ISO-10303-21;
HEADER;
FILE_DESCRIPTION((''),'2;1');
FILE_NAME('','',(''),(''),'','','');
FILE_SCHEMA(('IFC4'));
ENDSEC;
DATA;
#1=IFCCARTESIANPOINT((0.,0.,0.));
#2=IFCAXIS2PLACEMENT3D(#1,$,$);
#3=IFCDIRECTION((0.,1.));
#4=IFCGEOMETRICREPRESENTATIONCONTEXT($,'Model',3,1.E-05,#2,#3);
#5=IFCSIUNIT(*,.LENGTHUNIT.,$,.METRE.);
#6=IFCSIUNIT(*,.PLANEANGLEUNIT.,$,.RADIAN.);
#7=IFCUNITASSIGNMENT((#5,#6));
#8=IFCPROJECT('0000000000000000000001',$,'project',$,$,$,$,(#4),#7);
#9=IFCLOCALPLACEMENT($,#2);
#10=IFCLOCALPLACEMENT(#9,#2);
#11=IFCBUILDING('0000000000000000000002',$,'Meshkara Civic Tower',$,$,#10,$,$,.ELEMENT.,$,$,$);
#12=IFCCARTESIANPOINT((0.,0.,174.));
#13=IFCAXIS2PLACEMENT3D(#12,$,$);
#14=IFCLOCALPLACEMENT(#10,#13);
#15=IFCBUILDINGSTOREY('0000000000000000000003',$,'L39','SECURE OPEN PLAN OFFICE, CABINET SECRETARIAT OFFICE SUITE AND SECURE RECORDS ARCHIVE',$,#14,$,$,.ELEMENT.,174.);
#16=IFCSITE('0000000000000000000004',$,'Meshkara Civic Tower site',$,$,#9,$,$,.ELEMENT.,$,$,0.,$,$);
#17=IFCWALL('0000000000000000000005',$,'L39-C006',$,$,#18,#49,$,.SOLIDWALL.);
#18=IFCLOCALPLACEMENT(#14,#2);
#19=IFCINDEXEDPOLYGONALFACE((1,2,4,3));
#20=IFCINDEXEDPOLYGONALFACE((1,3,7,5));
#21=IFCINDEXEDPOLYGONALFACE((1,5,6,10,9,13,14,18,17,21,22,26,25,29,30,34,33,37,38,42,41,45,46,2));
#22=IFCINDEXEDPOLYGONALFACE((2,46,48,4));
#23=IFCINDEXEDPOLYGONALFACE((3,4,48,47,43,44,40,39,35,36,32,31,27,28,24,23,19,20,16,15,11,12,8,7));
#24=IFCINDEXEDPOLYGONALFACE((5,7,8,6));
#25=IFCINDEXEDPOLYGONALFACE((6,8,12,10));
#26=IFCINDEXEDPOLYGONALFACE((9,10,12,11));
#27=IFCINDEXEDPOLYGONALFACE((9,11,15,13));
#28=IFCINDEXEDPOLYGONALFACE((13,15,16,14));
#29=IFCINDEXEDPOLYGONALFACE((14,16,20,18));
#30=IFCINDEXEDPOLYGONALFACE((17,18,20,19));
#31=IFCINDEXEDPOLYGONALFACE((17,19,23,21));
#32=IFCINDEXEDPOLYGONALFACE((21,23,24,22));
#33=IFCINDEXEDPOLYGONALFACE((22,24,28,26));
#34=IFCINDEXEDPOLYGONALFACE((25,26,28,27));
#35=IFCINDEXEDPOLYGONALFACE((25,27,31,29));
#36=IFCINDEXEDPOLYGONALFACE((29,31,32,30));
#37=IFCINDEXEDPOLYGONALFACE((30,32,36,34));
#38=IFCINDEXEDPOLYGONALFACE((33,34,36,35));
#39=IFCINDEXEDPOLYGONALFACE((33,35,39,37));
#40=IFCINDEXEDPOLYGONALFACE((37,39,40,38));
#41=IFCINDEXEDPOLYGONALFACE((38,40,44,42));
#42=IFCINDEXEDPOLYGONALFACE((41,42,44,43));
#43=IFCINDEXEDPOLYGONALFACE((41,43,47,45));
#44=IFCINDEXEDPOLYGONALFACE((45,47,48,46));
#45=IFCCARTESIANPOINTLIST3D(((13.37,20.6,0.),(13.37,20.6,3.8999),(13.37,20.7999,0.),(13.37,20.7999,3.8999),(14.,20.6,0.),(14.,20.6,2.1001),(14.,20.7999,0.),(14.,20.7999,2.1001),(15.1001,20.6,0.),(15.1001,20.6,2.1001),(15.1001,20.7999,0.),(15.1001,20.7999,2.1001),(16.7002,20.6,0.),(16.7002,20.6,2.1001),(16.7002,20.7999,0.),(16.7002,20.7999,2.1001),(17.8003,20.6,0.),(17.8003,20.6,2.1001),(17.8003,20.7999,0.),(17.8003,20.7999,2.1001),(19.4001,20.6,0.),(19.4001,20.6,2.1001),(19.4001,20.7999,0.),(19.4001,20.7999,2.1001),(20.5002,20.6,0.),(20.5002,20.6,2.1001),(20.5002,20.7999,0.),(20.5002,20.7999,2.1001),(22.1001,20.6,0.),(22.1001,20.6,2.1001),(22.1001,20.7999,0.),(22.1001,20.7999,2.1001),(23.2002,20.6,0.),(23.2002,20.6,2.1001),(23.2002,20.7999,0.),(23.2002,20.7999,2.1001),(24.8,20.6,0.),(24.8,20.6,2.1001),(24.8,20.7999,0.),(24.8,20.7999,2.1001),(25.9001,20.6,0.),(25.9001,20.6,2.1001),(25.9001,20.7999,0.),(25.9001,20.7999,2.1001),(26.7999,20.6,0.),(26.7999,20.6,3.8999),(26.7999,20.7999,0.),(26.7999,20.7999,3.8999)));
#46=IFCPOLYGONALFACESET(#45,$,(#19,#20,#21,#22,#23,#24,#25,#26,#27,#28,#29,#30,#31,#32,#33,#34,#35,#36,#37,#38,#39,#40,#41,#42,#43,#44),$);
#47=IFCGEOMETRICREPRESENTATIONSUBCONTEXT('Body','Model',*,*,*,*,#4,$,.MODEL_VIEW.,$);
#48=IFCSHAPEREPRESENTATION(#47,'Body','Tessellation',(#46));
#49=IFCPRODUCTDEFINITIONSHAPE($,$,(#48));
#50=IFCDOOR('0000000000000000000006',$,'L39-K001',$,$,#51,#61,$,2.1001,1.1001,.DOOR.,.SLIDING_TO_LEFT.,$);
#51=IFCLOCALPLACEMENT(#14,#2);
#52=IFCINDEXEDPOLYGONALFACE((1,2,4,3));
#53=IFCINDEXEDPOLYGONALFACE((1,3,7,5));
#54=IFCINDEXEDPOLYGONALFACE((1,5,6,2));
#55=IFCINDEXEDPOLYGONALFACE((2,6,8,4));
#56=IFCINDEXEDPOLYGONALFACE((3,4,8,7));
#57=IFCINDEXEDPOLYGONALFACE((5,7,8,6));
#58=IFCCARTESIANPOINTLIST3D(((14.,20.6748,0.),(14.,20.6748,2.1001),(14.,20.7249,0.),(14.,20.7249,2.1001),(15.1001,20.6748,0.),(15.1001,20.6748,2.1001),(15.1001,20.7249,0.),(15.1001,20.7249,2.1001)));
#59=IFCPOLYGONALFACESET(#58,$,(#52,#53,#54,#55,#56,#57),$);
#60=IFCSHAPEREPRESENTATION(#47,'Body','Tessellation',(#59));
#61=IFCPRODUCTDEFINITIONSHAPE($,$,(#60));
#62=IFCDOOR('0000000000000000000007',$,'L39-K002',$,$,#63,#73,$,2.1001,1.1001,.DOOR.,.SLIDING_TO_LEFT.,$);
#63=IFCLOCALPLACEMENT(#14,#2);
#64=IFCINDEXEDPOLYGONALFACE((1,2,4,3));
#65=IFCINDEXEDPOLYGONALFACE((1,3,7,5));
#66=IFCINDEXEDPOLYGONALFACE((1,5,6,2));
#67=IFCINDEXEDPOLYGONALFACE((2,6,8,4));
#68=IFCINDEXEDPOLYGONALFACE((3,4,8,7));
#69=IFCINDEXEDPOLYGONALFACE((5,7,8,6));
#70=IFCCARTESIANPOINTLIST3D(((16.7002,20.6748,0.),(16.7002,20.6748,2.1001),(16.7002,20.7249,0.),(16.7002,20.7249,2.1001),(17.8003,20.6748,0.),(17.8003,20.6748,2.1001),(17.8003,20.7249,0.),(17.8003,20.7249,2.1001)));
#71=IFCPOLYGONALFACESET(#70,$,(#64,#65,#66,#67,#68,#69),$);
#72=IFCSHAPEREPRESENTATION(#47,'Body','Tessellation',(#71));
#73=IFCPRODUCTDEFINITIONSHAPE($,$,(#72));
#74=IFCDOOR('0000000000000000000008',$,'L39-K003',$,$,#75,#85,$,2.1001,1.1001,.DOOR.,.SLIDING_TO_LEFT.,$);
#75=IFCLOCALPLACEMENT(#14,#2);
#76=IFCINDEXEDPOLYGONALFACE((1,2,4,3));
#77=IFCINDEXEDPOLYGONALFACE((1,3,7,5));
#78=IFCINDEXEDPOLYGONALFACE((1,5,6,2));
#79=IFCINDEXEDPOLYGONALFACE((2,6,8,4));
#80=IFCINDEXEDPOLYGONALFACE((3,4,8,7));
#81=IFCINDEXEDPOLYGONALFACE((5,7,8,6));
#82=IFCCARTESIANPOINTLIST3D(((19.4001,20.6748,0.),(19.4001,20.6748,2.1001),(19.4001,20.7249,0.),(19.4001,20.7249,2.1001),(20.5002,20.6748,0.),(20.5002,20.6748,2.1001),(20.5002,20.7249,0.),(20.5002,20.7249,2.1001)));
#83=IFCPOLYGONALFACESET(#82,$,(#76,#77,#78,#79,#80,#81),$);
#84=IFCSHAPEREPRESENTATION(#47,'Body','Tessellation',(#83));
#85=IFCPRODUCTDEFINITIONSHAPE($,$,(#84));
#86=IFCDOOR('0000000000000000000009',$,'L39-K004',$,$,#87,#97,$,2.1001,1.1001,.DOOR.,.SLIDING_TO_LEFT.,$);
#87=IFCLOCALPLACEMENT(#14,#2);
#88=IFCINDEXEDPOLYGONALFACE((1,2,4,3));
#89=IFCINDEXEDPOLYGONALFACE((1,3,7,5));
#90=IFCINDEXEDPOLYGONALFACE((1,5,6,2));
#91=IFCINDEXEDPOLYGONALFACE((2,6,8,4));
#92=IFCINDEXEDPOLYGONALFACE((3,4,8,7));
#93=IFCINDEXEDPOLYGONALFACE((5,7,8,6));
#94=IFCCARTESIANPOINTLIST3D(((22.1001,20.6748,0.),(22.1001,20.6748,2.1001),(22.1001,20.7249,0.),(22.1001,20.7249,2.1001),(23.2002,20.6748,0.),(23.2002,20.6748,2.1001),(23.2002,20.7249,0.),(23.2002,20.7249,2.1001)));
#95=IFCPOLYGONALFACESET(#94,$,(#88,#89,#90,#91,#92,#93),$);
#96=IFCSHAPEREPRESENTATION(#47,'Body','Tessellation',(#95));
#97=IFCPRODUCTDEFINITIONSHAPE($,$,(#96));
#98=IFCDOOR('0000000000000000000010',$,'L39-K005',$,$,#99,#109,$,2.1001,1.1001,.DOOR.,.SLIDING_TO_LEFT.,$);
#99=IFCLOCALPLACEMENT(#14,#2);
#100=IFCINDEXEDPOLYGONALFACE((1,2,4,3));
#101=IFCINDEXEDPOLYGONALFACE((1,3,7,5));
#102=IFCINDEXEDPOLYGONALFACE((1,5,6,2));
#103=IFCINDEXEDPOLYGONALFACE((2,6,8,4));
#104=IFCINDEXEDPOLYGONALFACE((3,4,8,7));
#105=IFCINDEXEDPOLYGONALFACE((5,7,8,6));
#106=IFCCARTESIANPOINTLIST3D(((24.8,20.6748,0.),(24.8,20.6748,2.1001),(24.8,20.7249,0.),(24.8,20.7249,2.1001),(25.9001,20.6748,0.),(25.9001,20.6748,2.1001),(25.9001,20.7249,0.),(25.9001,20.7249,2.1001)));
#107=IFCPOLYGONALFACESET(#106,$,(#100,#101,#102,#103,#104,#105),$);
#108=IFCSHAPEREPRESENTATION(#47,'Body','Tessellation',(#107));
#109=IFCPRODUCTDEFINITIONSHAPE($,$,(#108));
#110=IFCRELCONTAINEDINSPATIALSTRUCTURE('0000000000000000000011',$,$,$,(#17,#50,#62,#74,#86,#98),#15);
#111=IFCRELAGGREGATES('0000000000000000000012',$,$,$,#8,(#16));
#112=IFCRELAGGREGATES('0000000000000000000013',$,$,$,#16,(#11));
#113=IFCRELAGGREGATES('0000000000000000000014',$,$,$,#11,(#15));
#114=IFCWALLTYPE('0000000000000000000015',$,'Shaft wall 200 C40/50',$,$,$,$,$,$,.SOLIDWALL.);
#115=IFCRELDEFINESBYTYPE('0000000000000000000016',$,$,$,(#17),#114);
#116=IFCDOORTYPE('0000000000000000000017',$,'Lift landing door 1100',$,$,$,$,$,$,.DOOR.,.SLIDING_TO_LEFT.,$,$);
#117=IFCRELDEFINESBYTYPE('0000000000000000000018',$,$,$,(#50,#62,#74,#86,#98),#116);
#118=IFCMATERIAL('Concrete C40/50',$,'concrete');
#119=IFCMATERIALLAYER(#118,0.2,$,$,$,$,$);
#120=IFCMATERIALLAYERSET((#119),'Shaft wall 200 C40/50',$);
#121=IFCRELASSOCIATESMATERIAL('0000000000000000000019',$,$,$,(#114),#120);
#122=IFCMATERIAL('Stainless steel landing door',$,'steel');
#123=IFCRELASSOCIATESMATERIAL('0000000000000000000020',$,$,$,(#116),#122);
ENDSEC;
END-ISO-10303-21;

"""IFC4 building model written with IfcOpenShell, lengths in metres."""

from ifc_helpers import new_model, si_unit, direction, frame, frame_2d, origin, place, context, subcontext, project, spatial, rectangle, extrude, material, layer, layer_set, type_object, element, fill, save


model = new_model("IFC4")

# Units and contexts
model_context = context("Model", 3, precision=1e-05, world=origin(), true_north=direction((0.0, 1.0)))
body_context = subcontext(model_context, "Body", "Model", "MODEL_VIEW")
ifc_project = project(units=[si_unit("LENGTHUNIT", "METRE"), si_unit("PLANEANGLEUNIT", "RADIAN")], contexts=[model_context])

# Site, building, storey
site_placement = place(None, origin())
site = spatial("IfcSite", under=ifc_project, at=site_placement, Name="Meshkara Civic Tower site", CompositionType="ELEMENT", RefElevation=0.0)
building_placement = place(site_placement, origin())
building = spatial("IfcBuilding", under=site, at=building_placement, Name="Meshkara Civic Tower", CompositionType="ELEMENT")
storey_placement = place(building_placement, frame((0.0, 0.0, 174.0)))
storey = spatial("IfcBuildingStorey", under=building, at=storey_placement, Name="L39", Description="SECURE OPEN PLAN OFFICE, CABINET SECRETARIAT OFFICE SUITE AND SECURE RECORDS ARCHIVE", CompositionType="ELEMENT", Elevation=174.0)

# Wall, openings, doors
ifc_material_1 = material(Name="Concrete C40/50", Category="concrete")
ifc_layer_1 = layer(ifc_material_1, 0.2)
ifc_layer_set_1 = layer_set([ifc_layer_1], Name="Shaft wall 200 C40/50")
wall_type_1 = type_object("IfcWallType", Name="Shaft wall 200 C40/50", PredefinedType="SOLIDWALL", material=ifc_layer_set_1)
wall_1_placement = place(storey_placement, frame((13.3701, 20.7, 0.0), z_axis=(0.0, 0.0, 1.0), x_axis=(1.0, 0.0, 0.0)))
wall_1 = element("IfcWall", 1, at=wall_1_placement, inside=storey, type_object=wall_type_1, Name="L39-C006", PredefinedType="SOLIDWALL", context=body_context, shape_type="SweptSolid", body=[
    extrude(rectangle(XDim=13.4299, YDim=0.2, at=frame_2d((6.7148, 0.0))), origin(), (0.0, 0.0, 1.0), 3.8999),
])
opening_1_placement = place(wall_1_placement, frame((0.6299, 0.0, 0.0)))
opening_1 = element("IfcOpeningElement", 2, at=opening_1_placement, cuts=wall_1, PredefinedType="OPENING", context=body_context, shape_type="SweptSolid", body=[
    extrude(rectangle(XDim=1.1001, YDim=2.1001, at=frame_2d((0.55, 1.05))), frame((0.0, 0.1099, 0.0), z_axis=(0.0, -1.0, 0.0), x_axis=(1.0, 0.0, 0.0)), (0.0, 0.0, 1.0), 0.22),
])
opening_2_placement = place(wall_1_placement, frame((3.3301, 0.0, 0.0)))
opening_2 = element("IfcOpeningElement", 3, at=opening_2_placement, cuts=wall_1, PredefinedType="OPENING", context=body_context, shape_type="SweptSolid", body=[
    extrude(rectangle(XDim=1.1001, YDim=2.1001, at=frame_2d((0.55, 1.05))), frame((0.0, 0.1099, 0.0), z_axis=(0.0, -1.0, 0.0), x_axis=(1.0, 0.0, 0.0)), (0.0, 0.0, 1.0), 0.22),
])
opening_3_placement = place(wall_1_placement, frame((6.03, 0.0, 0.0)))
opening_3 = element("IfcOpeningElement", 4, at=opening_3_placement, cuts=wall_1, PredefinedType="OPENING", context=body_context, shape_type="SweptSolid", body=[
    extrude(rectangle(XDim=1.1001, YDim=2.1001, at=frame_2d((0.55, 1.05))), frame((0.0, 0.1099, 0.0), z_axis=(0.0, -1.0, 0.0), x_axis=(1.0, 0.0, 0.0)), (0.0, 0.0, 1.0), 0.22),
])
opening_4_placement = place(wall_1_placement, frame((8.73, 0.0, 0.0)))
opening_4 = element("IfcOpeningElement", 5, at=opening_4_placement, cuts=wall_1, PredefinedType="OPENING", context=body_context, shape_type="SweptSolid", body=[
    extrude(rectangle(XDim=1.1001, YDim=2.1001, at=frame_2d((0.55, 1.05))), frame((0.0, 0.1099, 0.0), z_axis=(0.0, -1.0, 0.0), x_axis=(1.0, 0.0, 0.0)), (0.0, 0.0, 1.0), 0.22),
])
opening_5_placement = place(wall_1_placement, frame((11.4299, 0.0, 0.0)))
opening_5 = element("IfcOpeningElement", 6, at=opening_5_placement, cuts=wall_1, PredefinedType="OPENING", context=body_context, shape_type="SweptSolid", body=[
    extrude(rectangle(XDim=1.1001, YDim=2.1001, at=frame_2d((0.55, 1.05))), frame((0.0, 0.1099, 0.0), z_axis=(0.0, -1.0, 0.0), x_axis=(1.0, 0.0, 0.0)), (0.0, 0.0, 1.0), 0.22),
])
ifc_material_2 = material(Name="Stainless steel landing door", Category="steel")
door_type_1 = type_object("IfcDoorType", Name="Lift landing door 1100", OperationType="SLIDING_TO_LEFT", PredefinedType="DOOR", material=ifc_material_2)
door_1_placement = place(opening_1_placement, origin())
door_1 = element("IfcDoor", 7, at=door_1_placement, inside=storey, type_object=door_type_1, Name="L39-K001", OperationType="SLIDING_TO_LEFT", OverallHeight=2.1001, OverallWidth=1.1001, PredefinedType="DOOR", context=body_context, shape_type="SweptSolid", body=[
    extrude(rectangle(XDim=1.1001, YDim=2.1001, at=frame_2d((0.55, 1.05))), frame((0.0, 0.0249, 0.0), z_axis=(0.0, -1.0, 0.0), x_axis=(1.0, 0.0, 0.0)), (0.0, 0.0, 1.0), 0.05),
])
fill(opening_1, door_1)
door_2_placement = place(opening_2_placement, origin())
door_2 = element("IfcDoor", 8, at=door_2_placement, inside=storey, type_object=door_type_1, Name="L39-K002", OperationType="SLIDING_TO_LEFT", OverallHeight=2.1001, OverallWidth=1.1001, PredefinedType="DOOR", context=body_context, shape_type="SweptSolid", body=[
    extrude(rectangle(XDim=1.1001, YDim=2.1001, at=frame_2d((0.55, 1.05))), frame((0.0, 0.0249, 0.0), z_axis=(0.0, -1.0, 0.0), x_axis=(1.0, 0.0, 0.0)), (0.0, 0.0, 1.0), 0.05),
])
fill(opening_2, door_2)
door_3_placement = place(opening_3_placement, origin())
door_3 = element("IfcDoor", 9, at=door_3_placement, inside=storey, type_object=door_type_1, Name="L39-K003", OperationType="SLIDING_TO_LEFT", OverallHeight=2.1001, OverallWidth=1.1001, PredefinedType="DOOR", context=body_context, shape_type="SweptSolid", body=[
    extrude(rectangle(XDim=1.1001, YDim=2.1001, at=frame_2d((0.55, 1.05))), frame((0.0, 0.0249, 0.0), z_axis=(0.0, -1.0, 0.0), x_axis=(1.0, 0.0, 0.0)), (0.0, 0.0, 1.0), 0.05),
])
fill(opening_3, door_3)
door_4_placement = place(opening_4_placement, origin())
door_4 = element("IfcDoor", 10, at=door_4_placement, inside=storey, type_object=door_type_1, Name="L39-K004", OperationType="SLIDING_TO_LEFT", OverallHeight=2.1001, OverallWidth=1.1001, PredefinedType="DOOR", context=body_context, shape_type="SweptSolid", body=[
    extrude(rectangle(XDim=1.1001, YDim=2.1001, at=frame_2d((0.55, 1.05))), frame((0.0, 0.0249, 0.0), z_axis=(0.0, -1.0, 0.0), x_axis=(1.0, 0.0, 0.0)), (0.0, 0.0, 1.0), 0.05),
])
fill(opening_4, door_4)
door_5_placement = place(opening_5_placement, origin())
door_5 = element("IfcDoor", 11, at=door_5_placement, inside=storey, type_object=door_type_1, Name="L39-K005", OperationType="SLIDING_TO_LEFT", OverallHeight=2.1001, OverallWidth=1.1001, PredefinedType="DOOR", context=body_context, shape_type="SweptSolid", body=[
    extrude(rectangle(XDim=1.1001, YDim=2.1001, at=frame_2d((0.55, 1.05))), frame((0.0, 0.0249, 0.0), z_axis=(0.0, -1.0, 0.0), x_axis=(1.0, 0.0, 0.0)), (0.0, 0.0, 1.0), 0.05),
])
fill(opening_5, door_5)

save(model, "model.ifc")
